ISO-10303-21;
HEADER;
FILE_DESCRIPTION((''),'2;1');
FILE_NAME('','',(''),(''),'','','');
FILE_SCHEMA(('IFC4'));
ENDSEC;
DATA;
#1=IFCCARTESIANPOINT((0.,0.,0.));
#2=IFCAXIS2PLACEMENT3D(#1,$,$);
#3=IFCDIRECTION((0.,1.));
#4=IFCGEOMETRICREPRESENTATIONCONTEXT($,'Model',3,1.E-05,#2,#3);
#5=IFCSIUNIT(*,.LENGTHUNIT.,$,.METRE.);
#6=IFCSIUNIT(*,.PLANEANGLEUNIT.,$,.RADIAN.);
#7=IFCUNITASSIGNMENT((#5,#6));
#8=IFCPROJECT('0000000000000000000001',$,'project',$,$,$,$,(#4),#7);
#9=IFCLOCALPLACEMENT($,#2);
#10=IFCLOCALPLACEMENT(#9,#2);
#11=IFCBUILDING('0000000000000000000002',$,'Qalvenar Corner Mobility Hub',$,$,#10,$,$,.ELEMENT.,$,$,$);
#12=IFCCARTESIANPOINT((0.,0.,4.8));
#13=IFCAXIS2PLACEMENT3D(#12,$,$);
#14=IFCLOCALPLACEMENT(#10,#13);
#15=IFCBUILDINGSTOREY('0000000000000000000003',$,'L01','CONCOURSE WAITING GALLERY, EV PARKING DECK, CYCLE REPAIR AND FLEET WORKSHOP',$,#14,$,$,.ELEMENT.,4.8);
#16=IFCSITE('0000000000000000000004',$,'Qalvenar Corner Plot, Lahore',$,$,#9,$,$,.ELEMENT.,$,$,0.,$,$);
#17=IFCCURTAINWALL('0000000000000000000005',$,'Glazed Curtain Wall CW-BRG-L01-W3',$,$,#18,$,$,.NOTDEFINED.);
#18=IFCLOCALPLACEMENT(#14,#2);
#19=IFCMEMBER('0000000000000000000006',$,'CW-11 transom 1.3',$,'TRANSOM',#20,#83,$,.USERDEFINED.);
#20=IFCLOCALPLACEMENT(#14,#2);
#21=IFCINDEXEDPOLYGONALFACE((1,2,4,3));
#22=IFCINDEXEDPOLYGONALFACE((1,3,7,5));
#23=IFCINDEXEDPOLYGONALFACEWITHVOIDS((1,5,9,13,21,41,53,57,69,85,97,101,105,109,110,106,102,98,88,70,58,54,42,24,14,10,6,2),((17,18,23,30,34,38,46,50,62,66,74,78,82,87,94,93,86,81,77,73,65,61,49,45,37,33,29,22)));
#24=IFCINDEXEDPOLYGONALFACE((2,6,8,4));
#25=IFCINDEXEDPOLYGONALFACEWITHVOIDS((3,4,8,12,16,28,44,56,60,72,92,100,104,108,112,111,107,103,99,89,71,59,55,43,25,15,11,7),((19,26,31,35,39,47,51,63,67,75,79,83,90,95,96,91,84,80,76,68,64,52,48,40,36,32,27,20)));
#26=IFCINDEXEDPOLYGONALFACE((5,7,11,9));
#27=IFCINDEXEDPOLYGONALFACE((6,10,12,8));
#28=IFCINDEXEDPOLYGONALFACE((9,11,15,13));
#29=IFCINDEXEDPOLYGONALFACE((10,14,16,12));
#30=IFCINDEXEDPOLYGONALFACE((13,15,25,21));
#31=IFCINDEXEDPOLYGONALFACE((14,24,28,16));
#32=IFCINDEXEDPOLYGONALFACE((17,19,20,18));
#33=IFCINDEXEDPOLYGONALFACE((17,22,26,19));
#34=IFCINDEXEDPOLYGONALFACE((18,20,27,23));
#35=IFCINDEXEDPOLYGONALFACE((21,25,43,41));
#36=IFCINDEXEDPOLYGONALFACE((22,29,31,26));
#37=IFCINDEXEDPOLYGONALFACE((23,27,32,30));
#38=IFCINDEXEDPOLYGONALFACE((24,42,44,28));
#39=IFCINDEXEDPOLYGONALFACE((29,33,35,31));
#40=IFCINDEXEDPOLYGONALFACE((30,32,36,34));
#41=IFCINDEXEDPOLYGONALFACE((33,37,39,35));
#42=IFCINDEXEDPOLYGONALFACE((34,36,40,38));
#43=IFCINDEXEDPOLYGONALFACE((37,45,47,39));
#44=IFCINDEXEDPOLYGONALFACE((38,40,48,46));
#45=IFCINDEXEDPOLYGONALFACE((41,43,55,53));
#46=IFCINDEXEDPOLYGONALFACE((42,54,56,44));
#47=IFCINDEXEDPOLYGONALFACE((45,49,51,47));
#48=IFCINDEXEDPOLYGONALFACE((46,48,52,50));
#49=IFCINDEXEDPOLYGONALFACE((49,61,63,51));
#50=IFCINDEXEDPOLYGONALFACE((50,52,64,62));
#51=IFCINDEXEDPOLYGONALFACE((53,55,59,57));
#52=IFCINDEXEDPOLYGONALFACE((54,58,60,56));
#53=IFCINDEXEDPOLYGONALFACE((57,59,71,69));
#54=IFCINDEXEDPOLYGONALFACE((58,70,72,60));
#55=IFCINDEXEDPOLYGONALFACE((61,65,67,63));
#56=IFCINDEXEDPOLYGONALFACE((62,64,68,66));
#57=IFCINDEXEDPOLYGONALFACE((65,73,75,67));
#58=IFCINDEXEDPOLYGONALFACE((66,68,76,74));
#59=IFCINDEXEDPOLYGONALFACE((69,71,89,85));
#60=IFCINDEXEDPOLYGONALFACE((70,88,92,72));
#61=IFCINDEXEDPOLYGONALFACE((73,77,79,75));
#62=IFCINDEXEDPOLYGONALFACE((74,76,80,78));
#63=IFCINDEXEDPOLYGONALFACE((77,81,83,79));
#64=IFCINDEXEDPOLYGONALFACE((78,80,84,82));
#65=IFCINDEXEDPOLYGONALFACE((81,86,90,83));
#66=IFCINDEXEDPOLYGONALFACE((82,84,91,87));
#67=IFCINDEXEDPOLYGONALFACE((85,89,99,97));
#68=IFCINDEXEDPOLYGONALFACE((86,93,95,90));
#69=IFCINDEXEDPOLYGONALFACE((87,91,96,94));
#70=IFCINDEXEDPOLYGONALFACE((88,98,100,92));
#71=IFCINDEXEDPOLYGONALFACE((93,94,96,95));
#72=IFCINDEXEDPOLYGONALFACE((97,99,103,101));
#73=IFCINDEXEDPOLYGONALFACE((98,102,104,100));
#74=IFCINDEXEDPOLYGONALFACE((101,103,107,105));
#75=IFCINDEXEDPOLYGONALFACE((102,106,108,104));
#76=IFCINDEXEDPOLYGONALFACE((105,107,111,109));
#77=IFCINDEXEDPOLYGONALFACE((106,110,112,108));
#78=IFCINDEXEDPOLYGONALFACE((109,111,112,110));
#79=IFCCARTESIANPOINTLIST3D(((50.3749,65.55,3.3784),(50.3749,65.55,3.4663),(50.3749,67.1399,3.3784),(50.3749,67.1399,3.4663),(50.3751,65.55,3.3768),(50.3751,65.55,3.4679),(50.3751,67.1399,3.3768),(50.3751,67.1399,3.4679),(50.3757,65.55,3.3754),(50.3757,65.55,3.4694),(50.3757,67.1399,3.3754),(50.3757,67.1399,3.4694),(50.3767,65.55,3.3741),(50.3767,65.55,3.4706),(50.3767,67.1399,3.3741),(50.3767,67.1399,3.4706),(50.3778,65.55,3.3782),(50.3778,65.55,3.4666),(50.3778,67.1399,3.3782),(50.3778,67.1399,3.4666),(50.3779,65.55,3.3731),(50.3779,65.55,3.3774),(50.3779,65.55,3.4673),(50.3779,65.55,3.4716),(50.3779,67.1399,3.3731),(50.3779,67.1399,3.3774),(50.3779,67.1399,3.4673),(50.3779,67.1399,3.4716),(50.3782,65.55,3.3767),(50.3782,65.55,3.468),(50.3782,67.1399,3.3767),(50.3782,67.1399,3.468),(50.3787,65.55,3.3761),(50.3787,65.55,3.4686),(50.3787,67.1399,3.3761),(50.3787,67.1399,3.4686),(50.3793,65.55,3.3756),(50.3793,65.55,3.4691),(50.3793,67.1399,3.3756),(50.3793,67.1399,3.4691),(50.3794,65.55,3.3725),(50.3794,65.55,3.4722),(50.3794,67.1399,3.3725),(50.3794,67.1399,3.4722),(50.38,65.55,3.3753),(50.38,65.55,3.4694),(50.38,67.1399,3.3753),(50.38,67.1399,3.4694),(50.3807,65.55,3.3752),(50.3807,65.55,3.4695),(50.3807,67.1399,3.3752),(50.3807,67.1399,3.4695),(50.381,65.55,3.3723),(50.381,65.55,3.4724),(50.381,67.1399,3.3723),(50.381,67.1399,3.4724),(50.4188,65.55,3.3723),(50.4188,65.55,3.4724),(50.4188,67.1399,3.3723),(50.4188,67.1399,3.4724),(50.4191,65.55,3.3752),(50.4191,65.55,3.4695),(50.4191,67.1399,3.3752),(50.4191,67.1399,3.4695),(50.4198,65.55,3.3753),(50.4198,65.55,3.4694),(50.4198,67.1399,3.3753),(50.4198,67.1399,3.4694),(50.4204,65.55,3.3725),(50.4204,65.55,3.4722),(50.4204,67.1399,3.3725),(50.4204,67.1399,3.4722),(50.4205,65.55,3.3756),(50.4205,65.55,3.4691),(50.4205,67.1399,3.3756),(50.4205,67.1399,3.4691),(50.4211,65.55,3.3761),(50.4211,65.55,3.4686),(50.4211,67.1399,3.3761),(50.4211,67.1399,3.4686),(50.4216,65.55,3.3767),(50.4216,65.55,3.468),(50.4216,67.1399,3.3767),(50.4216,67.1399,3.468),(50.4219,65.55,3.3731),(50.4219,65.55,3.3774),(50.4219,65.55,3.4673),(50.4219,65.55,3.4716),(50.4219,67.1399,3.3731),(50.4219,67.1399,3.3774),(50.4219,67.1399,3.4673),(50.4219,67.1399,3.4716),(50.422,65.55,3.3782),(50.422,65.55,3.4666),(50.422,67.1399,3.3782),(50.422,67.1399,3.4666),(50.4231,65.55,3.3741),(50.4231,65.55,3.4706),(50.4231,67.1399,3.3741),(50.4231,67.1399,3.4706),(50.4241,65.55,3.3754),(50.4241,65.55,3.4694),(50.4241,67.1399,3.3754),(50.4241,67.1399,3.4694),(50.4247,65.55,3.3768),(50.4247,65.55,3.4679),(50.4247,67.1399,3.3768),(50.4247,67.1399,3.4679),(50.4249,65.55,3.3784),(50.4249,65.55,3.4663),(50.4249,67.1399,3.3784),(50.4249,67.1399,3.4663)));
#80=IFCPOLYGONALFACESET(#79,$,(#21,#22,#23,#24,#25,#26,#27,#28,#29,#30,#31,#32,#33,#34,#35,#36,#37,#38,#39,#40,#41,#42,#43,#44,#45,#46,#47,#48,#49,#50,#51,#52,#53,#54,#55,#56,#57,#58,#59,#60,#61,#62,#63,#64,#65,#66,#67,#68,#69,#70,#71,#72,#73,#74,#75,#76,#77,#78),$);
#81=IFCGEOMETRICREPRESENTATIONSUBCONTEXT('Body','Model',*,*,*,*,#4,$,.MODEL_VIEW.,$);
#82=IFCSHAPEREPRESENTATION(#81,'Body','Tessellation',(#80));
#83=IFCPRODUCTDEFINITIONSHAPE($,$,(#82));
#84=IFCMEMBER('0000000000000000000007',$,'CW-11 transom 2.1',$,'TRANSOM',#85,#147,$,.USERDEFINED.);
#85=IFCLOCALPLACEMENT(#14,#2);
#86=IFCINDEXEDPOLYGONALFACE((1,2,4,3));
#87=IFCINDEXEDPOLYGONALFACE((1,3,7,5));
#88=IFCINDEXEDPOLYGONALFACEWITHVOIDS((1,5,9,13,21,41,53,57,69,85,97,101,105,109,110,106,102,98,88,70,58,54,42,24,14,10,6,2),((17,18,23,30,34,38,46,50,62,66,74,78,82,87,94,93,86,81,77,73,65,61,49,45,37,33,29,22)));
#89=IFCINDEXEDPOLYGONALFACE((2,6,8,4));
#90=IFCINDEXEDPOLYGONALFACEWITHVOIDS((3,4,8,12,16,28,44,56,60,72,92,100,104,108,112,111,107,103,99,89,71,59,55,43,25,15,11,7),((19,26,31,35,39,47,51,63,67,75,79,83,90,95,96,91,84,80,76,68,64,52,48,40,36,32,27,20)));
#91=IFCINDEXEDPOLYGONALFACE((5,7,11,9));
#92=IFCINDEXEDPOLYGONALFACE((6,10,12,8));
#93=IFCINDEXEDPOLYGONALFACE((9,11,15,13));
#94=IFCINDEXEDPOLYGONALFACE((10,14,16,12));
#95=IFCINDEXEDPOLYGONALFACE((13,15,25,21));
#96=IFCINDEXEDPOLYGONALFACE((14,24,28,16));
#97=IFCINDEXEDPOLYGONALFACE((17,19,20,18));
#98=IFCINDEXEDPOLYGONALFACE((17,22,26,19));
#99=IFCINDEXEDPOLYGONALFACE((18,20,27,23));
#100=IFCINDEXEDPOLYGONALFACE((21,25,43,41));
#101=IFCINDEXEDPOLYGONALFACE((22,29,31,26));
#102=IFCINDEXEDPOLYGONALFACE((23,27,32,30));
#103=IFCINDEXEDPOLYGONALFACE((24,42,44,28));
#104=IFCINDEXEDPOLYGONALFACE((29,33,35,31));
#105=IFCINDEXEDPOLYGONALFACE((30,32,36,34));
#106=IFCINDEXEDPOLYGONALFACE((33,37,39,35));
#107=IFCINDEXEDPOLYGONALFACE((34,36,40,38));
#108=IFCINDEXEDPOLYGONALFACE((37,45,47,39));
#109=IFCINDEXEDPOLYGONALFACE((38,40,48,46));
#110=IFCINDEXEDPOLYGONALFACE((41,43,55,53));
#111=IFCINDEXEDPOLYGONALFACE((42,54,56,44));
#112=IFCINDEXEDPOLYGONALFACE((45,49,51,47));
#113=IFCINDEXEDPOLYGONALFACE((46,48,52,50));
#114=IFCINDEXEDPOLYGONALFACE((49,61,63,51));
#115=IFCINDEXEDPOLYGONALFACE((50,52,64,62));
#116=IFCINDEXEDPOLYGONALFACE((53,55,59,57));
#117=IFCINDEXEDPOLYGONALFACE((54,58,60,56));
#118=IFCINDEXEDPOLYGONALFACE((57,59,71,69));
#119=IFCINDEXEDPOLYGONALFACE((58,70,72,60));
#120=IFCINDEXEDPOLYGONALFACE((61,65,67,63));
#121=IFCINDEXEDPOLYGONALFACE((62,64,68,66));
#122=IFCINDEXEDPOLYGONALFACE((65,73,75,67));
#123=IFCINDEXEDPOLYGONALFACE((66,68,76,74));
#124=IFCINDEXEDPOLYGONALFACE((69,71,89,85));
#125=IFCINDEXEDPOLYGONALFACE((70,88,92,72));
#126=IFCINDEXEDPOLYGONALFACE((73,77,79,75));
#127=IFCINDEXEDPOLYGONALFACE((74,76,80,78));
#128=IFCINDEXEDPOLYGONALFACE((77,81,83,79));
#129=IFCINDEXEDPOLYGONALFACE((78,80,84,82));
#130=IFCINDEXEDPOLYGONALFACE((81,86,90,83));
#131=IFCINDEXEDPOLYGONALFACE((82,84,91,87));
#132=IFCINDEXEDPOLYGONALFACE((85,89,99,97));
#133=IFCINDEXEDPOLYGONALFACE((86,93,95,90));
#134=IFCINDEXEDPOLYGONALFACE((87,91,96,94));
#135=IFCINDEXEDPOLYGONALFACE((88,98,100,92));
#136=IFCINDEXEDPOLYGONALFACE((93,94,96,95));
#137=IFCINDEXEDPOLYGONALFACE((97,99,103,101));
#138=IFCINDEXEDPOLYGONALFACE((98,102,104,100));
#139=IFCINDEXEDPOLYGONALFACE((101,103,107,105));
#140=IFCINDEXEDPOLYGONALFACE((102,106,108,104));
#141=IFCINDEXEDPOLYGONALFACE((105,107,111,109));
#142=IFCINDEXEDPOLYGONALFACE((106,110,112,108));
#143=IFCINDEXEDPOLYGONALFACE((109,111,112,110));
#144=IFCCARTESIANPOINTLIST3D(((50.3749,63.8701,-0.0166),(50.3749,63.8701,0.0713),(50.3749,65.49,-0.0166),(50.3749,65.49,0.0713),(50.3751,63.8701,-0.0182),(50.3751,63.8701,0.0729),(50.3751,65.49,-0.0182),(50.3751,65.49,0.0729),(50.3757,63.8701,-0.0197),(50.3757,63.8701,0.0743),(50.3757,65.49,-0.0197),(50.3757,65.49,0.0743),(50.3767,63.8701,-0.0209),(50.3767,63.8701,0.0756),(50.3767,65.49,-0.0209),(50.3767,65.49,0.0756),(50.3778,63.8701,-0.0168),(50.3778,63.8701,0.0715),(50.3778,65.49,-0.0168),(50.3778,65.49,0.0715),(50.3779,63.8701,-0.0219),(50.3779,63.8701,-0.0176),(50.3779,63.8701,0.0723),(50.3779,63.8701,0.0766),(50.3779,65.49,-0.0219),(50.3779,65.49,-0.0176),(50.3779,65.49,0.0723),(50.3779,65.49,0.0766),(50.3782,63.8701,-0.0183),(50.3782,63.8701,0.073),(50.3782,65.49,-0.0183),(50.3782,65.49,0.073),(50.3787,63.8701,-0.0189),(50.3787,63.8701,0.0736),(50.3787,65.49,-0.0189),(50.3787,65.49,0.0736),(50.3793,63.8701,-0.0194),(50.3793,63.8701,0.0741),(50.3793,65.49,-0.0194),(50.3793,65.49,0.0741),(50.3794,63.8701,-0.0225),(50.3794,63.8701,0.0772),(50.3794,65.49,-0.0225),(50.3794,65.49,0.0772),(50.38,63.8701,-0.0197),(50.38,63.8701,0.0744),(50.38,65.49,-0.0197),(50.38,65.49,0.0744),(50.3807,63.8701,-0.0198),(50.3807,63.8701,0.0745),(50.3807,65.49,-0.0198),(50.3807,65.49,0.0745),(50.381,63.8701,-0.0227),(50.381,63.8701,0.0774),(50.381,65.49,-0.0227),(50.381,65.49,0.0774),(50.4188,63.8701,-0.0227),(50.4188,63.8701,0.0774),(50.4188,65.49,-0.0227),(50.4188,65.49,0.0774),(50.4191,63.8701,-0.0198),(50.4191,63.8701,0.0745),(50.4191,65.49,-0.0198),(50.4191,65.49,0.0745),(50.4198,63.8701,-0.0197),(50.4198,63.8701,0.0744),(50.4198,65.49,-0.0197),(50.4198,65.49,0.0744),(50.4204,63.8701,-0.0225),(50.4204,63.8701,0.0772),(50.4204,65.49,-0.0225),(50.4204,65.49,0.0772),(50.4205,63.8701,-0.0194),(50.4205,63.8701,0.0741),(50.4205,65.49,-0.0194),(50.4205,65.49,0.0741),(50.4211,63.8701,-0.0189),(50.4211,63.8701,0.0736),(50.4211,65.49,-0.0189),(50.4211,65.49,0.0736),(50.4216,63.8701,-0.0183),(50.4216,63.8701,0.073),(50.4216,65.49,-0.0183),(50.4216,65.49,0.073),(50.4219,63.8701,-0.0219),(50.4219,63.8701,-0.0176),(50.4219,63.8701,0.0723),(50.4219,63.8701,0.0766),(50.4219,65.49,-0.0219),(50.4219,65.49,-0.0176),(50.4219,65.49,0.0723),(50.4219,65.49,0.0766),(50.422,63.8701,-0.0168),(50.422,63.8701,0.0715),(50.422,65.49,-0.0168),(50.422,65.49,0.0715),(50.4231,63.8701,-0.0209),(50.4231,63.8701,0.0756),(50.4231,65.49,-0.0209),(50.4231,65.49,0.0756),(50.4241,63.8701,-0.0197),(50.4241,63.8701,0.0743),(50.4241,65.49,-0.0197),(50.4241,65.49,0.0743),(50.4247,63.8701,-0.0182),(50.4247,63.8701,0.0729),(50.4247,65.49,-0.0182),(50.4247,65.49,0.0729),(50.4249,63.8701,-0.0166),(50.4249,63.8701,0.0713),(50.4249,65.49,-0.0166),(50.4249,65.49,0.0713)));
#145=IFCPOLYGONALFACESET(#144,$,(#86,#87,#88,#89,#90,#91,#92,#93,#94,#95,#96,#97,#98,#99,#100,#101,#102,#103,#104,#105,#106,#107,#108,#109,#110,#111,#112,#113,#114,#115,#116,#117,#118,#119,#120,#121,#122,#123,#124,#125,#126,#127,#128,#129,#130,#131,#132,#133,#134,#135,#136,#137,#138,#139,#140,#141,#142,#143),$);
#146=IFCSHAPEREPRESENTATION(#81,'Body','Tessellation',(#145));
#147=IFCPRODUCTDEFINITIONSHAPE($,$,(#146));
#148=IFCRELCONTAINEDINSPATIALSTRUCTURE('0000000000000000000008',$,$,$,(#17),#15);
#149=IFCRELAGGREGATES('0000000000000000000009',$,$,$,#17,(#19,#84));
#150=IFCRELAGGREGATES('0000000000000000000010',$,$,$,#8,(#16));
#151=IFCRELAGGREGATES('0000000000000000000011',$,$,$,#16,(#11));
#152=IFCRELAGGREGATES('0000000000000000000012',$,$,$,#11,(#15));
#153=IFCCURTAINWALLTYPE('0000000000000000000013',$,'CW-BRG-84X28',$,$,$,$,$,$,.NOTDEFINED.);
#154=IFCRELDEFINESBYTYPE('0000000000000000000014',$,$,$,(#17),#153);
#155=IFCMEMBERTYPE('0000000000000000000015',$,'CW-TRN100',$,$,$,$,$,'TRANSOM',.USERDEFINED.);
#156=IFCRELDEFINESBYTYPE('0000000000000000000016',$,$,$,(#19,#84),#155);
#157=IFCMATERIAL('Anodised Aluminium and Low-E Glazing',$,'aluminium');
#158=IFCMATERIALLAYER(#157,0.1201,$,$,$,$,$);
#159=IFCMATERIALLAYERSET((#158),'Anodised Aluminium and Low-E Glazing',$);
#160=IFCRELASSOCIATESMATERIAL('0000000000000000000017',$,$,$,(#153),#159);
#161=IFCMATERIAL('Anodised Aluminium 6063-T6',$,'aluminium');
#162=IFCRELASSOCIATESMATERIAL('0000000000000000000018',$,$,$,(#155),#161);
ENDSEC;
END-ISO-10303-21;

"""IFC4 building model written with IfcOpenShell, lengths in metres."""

from ifc_helpers import new_model, si_unit, direction, frame, origin, origin_2d, place, context, subcontext, project, spatial, hollow_rectangle, extrude, material, layer, layer_set, material_profile, profile_set, type_object, element, aggregate, save


model = new_model("IFC4")

# Units and contexts
model_context = context("Model", 3, precision=1e-05, world=origin(), true_north=direction((0.0, 1.0)))
body_context = subcontext(model_context, "Body", "Model", "MODEL_VIEW")
ifc_project = project(units=[si_unit("LENGTHUNIT", "METRE"), si_unit("PLANEANGLEUNIT", "RADIAN")], contexts=[model_context])

# Site, building, storey
site_placement = place(None, origin())
site = spatial("IfcSite", under=ifc_project, at=site_placement, Name="Qalvenar Corner Plot, Lahore", CompositionType="ELEMENT", RefElevation=0.0)
building_placement = place(site_placement, origin())
building = spatial("IfcBuilding", under=site, at=building_placement, Name="Qalvenar Corner Mobility Hub", CompositionType="ELEMENT")
storey_placement = place(building_placement, frame((0.0, 0.0, 4.8)))
storey = spatial("IfcBuildingStorey", under=building, at=storey_placement, Name="L01", Description="CONCOURSE WAITING GALLERY, EV PARKING DECK, CYCLE REPAIR AND FLEET WORKSHOP", CompositionType="ELEMENT", Elevation=4.8)

# Curtain wall
ifc_material_1 = material(Name="Anodised Aluminium and Low-E Glazing", Category="aluminium")
ifc_layer_1 = layer(ifc_material_1, 0.1201)
ifc_layer_set_1 = layer_set([ifc_layer_1], Name="Anodised Aluminium and Low-E Glazing")
curtain_wall_type = type_object("IfcCurtainWallType", Name="CW-BRG-84X28", PredefinedType="NOTDEFINED", material=ifc_layer_set_1)
curtain_wall_1_placement = place(storey_placement, origin())
curtain_wall_1 = element("IfcCurtainWall", 1, at=curtain_wall_1_placement, inside=storey, type_object=curtain_wall_type, Name="Glazed Curtain Wall CW-BRG-L01-W3", PredefinedType="NOTDEFINED")
ifc_material_2 = material(Name="Anodised Aluminium 6063-T6", Category="aluminium")

# Members
ifc_material_profile_1 = material_profile(ifc_material_2, hollow_rectangle(XDim=0.05, YDim=0.1001, WallThickness=0.0029, InnerFilletRadius=0.0029, OuterFilletRadius=0.0061, at=origin_2d()), Name="RHS100x50x3")
ifc_profile_set_1 = profile_set([ifc_material_profile_1], Name="Anodised Aluminium 6063-T6")
member_type_1 = type_object("IfcMemberType", Name="CW-TRN100", ElementType="TRANSOM", PredefinedType="USERDEFINED", material=ifc_profile_set_1)
member_1_placement = place(storey_placement, frame((50.3999, 67.1399, 3.4224), z_axis=(0.0, -1.0, 0.0), x_axis=(1.0, 0.0, 0.0)))
member_1 = element("IfcMember", 2, at=member_1_placement, type_object=member_type_1, Name="CW-11 transom 1.3", ObjectType="TRANSOM", PredefinedType="USERDEFINED", context=body_context, shape_type="SweptSolid", body=[
    extrude(hollow_rectangle(XDim=0.05, YDim=0.1001, WallThickness=0.0029, InnerFilletRadius=0.0029, OuterFilletRadius=0.0061, at=origin_2d()), origin(), (0.0, 0.0, 1.0), 1.5898),
])
member_2_placement = place(storey_placement, frame((50.3999, 65.49, 0.0273), z_axis=(0.0, -1.0, 0.0), x_axis=(1.0, 0.0, 0.0)))
member_2 = element("IfcMember", 3, at=member_2_placement, type_object=member_type_1, Name="CW-11 transom 2.1", ObjectType="TRANSOM", PredefinedType="USERDEFINED", context=body_context, shape_type="SweptSolid", body=[
    extrude(hollow_rectangle(XDim=0.05, YDim=0.1001, WallThickness=0.0029, InnerFilletRadius=0.0029, OuterFilletRadius=0.0061, at=origin_2d()), origin(), (0.0, 0.0, 1.0), 1.6199),
])

aggregate(curtain_wall_1, [member_1, member_2])

save(model, "model.ifc")
